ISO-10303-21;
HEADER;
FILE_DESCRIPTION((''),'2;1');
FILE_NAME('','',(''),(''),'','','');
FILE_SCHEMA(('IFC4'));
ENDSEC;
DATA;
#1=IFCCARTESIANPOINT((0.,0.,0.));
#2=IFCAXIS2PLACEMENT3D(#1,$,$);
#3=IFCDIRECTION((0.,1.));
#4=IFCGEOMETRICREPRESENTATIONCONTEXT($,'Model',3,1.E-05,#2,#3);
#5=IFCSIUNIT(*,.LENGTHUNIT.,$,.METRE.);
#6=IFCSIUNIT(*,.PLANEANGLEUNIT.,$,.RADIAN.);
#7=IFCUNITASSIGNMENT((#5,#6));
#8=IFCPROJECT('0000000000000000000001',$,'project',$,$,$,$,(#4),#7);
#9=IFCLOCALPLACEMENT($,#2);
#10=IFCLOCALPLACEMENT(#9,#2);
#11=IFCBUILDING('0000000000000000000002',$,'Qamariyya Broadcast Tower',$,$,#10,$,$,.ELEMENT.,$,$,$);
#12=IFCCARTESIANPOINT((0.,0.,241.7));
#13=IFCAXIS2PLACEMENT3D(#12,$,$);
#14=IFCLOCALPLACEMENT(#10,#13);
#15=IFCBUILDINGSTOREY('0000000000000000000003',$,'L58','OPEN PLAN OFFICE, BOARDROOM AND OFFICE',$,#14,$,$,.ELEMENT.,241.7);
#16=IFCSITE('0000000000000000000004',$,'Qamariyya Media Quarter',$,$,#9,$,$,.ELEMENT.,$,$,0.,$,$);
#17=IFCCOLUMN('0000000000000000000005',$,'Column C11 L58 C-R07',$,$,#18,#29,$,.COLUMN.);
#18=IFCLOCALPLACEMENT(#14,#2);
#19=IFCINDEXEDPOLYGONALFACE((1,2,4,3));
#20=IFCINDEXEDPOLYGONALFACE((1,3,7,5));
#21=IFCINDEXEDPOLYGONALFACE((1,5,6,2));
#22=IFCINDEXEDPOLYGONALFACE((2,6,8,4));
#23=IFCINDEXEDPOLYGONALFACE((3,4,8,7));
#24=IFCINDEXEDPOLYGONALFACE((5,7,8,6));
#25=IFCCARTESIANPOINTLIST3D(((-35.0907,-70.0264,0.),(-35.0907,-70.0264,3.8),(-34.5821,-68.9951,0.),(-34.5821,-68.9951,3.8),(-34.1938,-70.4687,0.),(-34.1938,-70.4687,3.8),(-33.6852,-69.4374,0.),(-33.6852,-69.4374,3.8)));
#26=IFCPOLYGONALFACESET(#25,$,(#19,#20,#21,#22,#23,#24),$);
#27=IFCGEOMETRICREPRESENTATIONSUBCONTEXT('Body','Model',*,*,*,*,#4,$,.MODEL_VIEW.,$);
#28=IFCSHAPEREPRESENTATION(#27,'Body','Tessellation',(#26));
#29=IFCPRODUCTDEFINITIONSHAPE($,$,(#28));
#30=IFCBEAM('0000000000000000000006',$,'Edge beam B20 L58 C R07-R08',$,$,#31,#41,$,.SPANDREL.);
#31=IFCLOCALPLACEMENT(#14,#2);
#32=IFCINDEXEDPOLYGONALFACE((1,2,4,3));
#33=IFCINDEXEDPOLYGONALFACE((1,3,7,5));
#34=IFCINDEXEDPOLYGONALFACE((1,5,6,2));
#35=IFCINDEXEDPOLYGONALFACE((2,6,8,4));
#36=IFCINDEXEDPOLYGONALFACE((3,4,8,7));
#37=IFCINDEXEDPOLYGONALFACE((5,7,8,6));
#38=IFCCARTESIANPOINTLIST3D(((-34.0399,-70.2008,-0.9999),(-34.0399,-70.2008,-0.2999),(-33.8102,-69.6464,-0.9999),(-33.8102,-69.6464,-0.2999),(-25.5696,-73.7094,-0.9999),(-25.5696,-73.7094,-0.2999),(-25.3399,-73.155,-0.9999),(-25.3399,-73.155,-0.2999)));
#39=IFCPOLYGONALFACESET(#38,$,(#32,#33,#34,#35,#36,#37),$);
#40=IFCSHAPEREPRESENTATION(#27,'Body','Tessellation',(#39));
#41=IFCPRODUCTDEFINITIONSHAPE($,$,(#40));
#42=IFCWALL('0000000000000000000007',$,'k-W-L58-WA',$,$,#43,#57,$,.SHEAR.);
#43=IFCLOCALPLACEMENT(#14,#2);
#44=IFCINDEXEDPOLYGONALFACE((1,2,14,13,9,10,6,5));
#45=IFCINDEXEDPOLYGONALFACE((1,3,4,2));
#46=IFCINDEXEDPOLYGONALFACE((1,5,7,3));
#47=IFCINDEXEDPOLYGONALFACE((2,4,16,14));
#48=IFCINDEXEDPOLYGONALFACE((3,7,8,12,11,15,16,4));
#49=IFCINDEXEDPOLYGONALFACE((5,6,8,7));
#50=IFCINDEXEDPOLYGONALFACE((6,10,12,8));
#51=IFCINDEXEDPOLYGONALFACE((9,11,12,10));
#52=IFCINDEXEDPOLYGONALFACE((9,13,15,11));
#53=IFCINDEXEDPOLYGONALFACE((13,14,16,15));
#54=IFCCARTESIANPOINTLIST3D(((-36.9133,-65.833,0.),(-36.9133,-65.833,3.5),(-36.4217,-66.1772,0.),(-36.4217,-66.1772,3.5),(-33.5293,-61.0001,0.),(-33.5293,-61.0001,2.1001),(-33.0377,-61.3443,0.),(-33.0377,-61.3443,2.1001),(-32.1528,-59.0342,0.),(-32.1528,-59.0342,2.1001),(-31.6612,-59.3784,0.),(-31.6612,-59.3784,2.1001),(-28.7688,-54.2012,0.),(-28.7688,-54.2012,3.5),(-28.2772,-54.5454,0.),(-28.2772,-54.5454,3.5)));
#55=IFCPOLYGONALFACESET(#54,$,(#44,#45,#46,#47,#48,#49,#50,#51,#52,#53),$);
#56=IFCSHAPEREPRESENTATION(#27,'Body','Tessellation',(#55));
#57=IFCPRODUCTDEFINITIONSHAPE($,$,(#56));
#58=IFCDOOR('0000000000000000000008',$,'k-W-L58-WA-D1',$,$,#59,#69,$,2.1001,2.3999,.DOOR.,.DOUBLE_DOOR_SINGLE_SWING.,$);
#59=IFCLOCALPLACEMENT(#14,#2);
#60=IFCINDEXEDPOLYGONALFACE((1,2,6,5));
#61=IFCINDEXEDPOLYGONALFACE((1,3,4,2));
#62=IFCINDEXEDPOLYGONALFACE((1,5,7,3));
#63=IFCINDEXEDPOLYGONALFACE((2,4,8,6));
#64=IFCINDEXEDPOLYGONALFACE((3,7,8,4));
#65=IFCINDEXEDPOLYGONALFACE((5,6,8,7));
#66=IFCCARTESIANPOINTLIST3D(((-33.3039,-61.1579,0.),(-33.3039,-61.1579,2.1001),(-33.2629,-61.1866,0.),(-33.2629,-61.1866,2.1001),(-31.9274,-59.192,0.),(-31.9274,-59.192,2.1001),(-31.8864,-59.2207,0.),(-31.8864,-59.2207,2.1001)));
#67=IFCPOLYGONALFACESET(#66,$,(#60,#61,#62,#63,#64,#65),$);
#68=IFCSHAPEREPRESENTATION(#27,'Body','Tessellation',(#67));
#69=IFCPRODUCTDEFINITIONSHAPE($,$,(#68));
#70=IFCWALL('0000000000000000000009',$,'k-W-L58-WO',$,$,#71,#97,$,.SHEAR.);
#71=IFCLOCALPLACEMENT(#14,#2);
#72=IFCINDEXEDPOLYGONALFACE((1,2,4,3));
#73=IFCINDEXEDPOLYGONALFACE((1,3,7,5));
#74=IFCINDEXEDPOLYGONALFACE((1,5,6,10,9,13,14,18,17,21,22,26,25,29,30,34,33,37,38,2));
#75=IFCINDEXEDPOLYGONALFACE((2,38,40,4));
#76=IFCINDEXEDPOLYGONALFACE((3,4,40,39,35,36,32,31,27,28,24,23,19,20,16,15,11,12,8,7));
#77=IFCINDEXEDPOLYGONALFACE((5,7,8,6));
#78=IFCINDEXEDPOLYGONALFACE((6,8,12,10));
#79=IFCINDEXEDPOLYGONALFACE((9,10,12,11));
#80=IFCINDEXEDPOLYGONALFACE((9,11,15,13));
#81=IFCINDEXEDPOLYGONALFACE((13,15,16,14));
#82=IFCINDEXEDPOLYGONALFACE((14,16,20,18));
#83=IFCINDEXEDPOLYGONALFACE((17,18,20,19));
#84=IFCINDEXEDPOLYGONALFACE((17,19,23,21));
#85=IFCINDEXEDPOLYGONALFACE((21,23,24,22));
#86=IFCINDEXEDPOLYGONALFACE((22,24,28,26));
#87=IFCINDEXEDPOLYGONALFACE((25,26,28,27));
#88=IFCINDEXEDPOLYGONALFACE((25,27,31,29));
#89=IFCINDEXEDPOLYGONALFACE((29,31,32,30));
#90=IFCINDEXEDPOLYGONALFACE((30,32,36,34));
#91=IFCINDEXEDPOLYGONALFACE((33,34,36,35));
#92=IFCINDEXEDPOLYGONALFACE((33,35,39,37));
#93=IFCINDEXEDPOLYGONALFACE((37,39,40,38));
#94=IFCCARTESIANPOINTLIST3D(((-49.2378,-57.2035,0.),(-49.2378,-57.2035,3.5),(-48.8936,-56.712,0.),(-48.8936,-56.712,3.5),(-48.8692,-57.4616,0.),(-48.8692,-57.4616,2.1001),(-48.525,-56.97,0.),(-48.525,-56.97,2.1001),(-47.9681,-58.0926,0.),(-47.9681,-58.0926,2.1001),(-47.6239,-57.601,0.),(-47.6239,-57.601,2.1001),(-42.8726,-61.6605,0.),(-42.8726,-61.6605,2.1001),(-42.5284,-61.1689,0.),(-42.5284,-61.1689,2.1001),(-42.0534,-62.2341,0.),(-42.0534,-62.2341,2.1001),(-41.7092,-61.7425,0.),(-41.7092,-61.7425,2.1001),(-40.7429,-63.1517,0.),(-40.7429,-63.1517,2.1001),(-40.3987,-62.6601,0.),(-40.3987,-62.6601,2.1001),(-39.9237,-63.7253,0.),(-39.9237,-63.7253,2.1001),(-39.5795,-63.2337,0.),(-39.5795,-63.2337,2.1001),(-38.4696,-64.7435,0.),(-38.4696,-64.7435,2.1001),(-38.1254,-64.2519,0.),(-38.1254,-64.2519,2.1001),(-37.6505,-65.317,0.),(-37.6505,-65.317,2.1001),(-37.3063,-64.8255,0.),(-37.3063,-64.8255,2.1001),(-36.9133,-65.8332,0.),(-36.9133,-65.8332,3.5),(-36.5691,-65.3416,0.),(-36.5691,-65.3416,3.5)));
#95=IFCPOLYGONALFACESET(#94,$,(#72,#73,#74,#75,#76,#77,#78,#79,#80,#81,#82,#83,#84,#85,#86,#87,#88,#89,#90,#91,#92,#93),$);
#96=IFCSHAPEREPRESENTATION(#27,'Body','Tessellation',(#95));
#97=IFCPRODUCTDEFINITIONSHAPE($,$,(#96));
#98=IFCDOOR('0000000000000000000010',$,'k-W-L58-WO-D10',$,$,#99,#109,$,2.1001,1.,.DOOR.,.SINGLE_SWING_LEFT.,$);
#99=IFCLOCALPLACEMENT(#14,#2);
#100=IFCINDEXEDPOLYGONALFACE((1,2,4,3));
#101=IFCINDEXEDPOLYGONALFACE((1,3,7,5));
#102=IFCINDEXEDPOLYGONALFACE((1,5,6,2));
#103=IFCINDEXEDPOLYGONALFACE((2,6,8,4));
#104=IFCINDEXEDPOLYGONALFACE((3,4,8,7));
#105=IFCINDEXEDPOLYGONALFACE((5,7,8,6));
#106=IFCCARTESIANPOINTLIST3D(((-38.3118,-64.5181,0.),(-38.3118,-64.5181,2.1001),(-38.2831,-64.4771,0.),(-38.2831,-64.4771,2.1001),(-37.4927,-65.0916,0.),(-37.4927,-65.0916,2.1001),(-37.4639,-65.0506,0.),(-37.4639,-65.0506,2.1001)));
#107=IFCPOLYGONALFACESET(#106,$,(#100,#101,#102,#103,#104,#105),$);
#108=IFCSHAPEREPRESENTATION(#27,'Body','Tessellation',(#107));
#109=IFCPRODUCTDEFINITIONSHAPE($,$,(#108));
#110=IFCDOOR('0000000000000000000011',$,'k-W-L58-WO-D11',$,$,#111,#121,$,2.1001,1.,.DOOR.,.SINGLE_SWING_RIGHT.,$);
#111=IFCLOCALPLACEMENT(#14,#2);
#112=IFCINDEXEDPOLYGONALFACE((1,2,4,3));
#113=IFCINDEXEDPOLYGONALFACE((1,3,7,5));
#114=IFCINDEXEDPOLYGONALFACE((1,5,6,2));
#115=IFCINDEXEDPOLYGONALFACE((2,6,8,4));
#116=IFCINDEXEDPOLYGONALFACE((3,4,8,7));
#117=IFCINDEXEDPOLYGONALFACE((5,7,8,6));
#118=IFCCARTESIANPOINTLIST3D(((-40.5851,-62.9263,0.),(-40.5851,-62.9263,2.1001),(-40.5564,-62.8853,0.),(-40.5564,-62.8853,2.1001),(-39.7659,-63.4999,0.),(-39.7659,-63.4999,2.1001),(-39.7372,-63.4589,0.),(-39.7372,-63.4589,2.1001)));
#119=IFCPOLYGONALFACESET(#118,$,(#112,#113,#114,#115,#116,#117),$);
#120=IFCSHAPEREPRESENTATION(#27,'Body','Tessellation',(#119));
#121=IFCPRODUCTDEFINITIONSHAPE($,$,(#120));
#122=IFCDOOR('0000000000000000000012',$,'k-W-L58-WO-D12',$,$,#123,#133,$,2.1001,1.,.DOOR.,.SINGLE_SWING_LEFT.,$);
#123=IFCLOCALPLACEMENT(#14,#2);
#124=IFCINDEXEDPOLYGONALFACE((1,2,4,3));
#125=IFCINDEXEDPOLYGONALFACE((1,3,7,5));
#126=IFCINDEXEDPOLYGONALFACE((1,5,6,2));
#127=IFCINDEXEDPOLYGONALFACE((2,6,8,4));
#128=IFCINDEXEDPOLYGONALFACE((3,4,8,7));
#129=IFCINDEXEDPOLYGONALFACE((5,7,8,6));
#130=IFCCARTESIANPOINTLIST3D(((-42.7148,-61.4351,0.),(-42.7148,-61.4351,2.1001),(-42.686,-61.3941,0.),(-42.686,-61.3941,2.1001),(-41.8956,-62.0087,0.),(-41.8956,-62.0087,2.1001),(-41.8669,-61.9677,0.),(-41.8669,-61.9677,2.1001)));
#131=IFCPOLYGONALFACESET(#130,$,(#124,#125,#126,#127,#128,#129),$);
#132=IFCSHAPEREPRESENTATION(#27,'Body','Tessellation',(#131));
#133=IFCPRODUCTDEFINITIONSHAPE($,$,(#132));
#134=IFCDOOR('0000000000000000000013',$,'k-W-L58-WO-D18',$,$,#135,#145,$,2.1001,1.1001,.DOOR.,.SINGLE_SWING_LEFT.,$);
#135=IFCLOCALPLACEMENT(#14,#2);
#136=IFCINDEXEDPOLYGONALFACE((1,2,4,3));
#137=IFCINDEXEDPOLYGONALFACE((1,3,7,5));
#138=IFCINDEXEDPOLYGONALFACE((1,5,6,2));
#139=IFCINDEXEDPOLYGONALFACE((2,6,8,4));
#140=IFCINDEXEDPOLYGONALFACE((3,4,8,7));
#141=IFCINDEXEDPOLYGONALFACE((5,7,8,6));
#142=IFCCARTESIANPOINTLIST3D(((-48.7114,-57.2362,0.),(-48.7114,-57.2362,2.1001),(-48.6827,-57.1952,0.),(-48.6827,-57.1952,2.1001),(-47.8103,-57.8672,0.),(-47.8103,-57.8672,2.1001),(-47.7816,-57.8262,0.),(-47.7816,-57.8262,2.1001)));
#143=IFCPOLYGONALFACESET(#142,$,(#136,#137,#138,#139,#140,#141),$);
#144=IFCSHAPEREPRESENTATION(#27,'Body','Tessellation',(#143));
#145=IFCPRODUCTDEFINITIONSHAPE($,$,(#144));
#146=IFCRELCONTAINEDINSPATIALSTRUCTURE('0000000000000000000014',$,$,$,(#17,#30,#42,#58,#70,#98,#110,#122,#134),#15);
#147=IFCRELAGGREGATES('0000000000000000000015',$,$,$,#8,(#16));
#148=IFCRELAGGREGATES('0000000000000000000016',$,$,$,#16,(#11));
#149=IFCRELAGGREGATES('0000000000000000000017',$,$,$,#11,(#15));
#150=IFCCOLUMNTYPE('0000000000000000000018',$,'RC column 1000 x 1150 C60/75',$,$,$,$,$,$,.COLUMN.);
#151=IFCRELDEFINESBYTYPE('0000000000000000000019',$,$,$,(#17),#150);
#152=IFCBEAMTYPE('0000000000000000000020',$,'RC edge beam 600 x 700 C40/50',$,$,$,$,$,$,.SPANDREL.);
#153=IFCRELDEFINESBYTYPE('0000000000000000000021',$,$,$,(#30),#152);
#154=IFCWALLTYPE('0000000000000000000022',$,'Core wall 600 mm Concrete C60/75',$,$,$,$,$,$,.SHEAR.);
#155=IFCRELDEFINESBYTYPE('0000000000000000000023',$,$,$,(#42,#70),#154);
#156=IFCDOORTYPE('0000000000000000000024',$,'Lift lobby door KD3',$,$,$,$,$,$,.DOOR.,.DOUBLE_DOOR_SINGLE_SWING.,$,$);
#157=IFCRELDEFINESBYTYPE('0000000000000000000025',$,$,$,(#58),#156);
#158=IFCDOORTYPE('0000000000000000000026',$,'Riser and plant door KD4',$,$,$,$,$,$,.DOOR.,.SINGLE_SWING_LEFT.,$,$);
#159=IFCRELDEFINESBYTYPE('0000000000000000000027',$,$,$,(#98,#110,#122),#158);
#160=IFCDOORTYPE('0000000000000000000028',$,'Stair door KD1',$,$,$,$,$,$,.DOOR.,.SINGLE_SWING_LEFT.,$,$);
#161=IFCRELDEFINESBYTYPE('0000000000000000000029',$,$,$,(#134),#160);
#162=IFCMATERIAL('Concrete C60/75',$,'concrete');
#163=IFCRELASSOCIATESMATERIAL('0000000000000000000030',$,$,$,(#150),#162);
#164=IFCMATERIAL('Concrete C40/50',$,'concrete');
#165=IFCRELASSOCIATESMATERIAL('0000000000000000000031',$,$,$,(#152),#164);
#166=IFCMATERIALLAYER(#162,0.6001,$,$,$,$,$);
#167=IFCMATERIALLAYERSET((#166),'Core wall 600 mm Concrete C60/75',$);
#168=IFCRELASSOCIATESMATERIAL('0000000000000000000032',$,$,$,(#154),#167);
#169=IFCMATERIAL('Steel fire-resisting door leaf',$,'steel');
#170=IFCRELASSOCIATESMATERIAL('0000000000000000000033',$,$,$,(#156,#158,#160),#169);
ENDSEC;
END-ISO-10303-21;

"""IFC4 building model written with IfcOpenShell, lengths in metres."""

from ifc_helpers import new_model, si_unit, direction, frame, frame_2d, origin, origin_2d, place, context, subcontext, project, spatial, rectangle, extrude, material, layer, layer_set, material_profile, profile_set, type_object, element, fill, save


model = new_model("IFC4")

# Units and contexts
model_context = context("Model", 3, precision=1e-05, world=origin(), true_north=direction((0.0, 1.0)))
body_context = subcontext(model_context, "Body", "Model", "MODEL_VIEW")
ifc_project = project(units=[si_unit("LENGTHUNIT", "METRE"), si_unit("PLANEANGLEUNIT", "RADIAN")], contexts=[model_context])

# Site, building, storey
site_placement = place(None, origin())
site = spatial("IfcSite", under=ifc_project, at=site_placement, Name="Qamariyya Media Quarter", CompositionType="ELEMENT", RefElevation=0.0)
building_placement = place(site_placement, origin())
building = spatial("IfcBuilding", under=site, at=building_placement, Name="Qamariyya Broadcast Tower", CompositionType="ELEMENT")
storey_placement = place(building_placement, frame((0.0, 0.0, 241.7)))
storey = spatial("IfcBuildingStorey", under=building, at=storey_placement, Name="L58", Description="OPEN PLAN OFFICE, BOARDROOM AND OFFICE", CompositionType="ELEMENT", Elevation=241.7)

# Column
ifc_material_1 = material(Name="Concrete C60/75", Category="concrete")
ifc_material_profile_1 = material_profile(ifc_material_1, rectangle(XDim=1.0, YDim=1.1499, at=origin_2d()))
ifc_profile_set_1 = profile_set([ifc_material_profile_1], Name="Concrete C60/75")
column_type = type_object("IfcColumnType", Name="RC column 1000 x 1150 C60/75", PredefinedType="COLUMN", material=ifc_profile_set_1)
column_placement = place(storey_placement, frame((-34.3879, -69.7319, 0.0), z_axis=(0.0, 0.0, 1.0), x_axis=(0.896873, -0.442289, 0.0)))
element("IfcColumn", 1, at=column_placement, inside=storey, type_object=column_type, Name="Column C11 L58 C-R07", PredefinedType="COLUMN", context=body_context, shape_type="SweptSolid", body=[
    extrude(rectangle(XDim=1.0, YDim=1.1499, at=origin_2d()), origin(), (0.0, 0.0, 1.0), 3.8),
])

# Beam
ifc_material_2 = material(Name="Concrete C40/50", Category="concrete")
ifc_material_profile_2 = material_profile(ifc_material_2, rectangle(XDim=0.6001, YDim=0.7, at=origin_2d()))
ifc_profile_set_2 = profile_set([ifc_material_profile_2], Name="Concrete C40/50")
beam_type = type_object("IfcBeamType", Name="RC edge beam 600 x 700 C40/50", PredefinedType="SPANDREL", material=ifc_profile_set_2)
beam_placement = place(storey_placement, frame((-33.925, -69.9236, -0.6499), z_axis=(0.923877, -0.38269, 0.0), x_axis=(0.38269, 0.923877, 0.0)))
element("IfcBeam", 2, at=beam_placement, inside=storey, type_object=beam_type, Name="Edge beam B20 L58 C R07-R08", PredefinedType="SPANDREL", context=body_context, shape_type="SweptSolid", body=[
    extrude(rectangle(XDim=0.6001, YDim=0.7, at=origin_2d()), origin(), (0.0, 0.0, 1.0), 9.1682),
])

# Wall, opening, door
ifc_layer_1 = layer(ifc_material_1, 0.6001)
ifc_layer_set_1 = layer_set([ifc_layer_1], Name="Core wall 600 mm Concrete C60/75")
wall_type_1 = type_object("IfcWallType", Name="Core wall 600 mm Concrete C60/75", PredefinedType="SHEAR", material=ifc_layer_set_1)
wall_1_placement = place(storey_placement, frame((-36.6675, -66.0051, 0.0), z_axis=(0.0, 0.0, 1.0), x_axis=(0.573568, 0.819158, 0.0)))
wall_1 = element("IfcWall", 3, at=wall_1_placement, inside=storey, type_object=wall_type_1, Name="k-W-L58-WA", PredefinedType="SHEAR", context=body_context, shape_type="SweptSolid", body=[
    extrude(rectangle(XDim=14.1997, YDim=0.6001, at=frame_2d((7.0999, 0.0))), origin(), (0.0, 0.0, 1.0), 3.5),
])
opening_1_placement = place(wall_1_placement, frame((5.8999, 0.0, 0.0)))
opening_1 = element("IfcOpeningElement", 4, at=opening_1_placement, cuts=wall_1, PredefinedType="OPENING", context=body_context, shape_type="SweptSolid", body=[
    extrude(rectangle(XDim=2.3999, YDim=2.1001, at=frame_2d((1.2, 1.05))), frame((0.0, 0.3101, 0.0), z_axis=(0.0, -1.0, 0.0), x_axis=(1.0, 0.0, 0.0)), (0.0, 0.0, 1.0), 0.6201),
])
ifc_material_3 = material(Name="Steel fire-resisting door leaf", Category="steel")
door_type_1 = type_object("IfcDoorType", Name="Lift lobby door KD3", OperationType="DOUBLE_DOOR_SINGLE_SWING", PredefinedType="DOOR", material=ifc_material_3)
door_1_placement = place(opening_1_placement, origin())
door_1 = element("IfcDoor", 5, at=door_1_placement, inside=storey, type_object=door_type_1, Name="k-W-L58-WA-D1", OperationType="DOUBLE_DOOR_SINGLE_SWING", OverallHeight=2.1001, OverallWidth=2.3999, PredefinedType="DOOR", context=body_context, shape_type="SweptSolid", body=[
    extrude(rectangle(XDim=2.3999, YDim=2.1001, at=frame_2d((1.2, 1.05))), frame((0.0, 0.0249, 0.0), z_axis=(0.0, -1.0, 0.0), x_axis=(1.0, 0.0, 0.0)), (0.0, 0.0, 1.0), 0.05),
])
fill(opening_1, door_1)

# Wall, openings, doors
wall_2_placement = place(storey_placement, frame((-36.7412, -65.5874, 0.0), z_axis=(0.0, 0.0, 1.0), x_axis=(-0.819153, 0.573575, 0.0)))
wall_2 = element("IfcWall", 6, at=wall_2_placement, inside=storey, type_object=wall_type_1, Name="k-W-L58-WO", PredefinedType="SHEAR", context=body_context, shape_type="SweptSolid", body=[
    extrude(rectangle(XDim=15.0454, YDim=0.6001, at=frame_2d((7.5227, 0.0))), origin(), (0.0, 0.0, 1.0), 3.5),
])
opening_2_placement = place(wall_2_placement, frame((0.8999, 0.0, 0.0)))
opening_2 = element("IfcOpeningElement", 7, at=opening_2_placement, cuts=wall_2, PredefinedType="OPENING", context=body_context, shape_type="SweptSolid", body=[
    extrude(rectangle(XDim=1.0, YDim=2.1001, at=frame_2d((0.5, 1.05))), frame((0.0, 0.3101, 0.0), z_axis=(0.0, -1.0, 0.0), x_axis=(1.0, 0.0, 0.0)), (0.0, 0.0, 1.0), 0.6201),
])
opening_3_placement = place(wall_2_placement, frame((3.675, 0.0, 0.0)))
opening_3 = element("IfcOpeningElement", 8, at=opening_3_placement, cuts=wall_2, PredefinedType="OPENING", context=body_context, shape_type="SweptSolid", body=[
    extrude(rectangle(XDim=1.0, YDim=2.1001, at=frame_2d((0.5, 1.05))), frame((0.0, 0.3101, 0.0), z_axis=(0.0, -1.0, 0.0), x_axis=(1.0, 0.0, 0.0)), (0.0, 0.0, 1.0), 0.6201),
])
opening_4_placement = place(wall_2_placement, frame((6.2749, 0.0, 0.0)))
opening_4 = element("IfcOpeningElement", 9, at=opening_4_placement, cuts=wall_2, PredefinedType="OPENING", context=body_context, shape_type="SweptSolid", body=[
    extrude(rectangle(XDim=1.0, YDim=2.1001, at=frame_2d((0.5, 1.05))), frame((0.0, 0.3101, 0.0), z_axis=(0.0, -1.0, 0.0), x_axis=(1.0, 0.0, 0.0)), (0.0, 0.0, 1.0), 0.6201),
])
opening_5_placement = place(wall_2_placement, frame((13.4954, 0.0, 0.0)))
opening_5 = element("IfcOpeningElement", 10, at=opening_5_placement, cuts=wall_2, PredefinedType="OPENING", context=body_context, shape_type="SweptSolid", body=[
    extrude(rectangle(XDim=1.1001, YDim=2.1001, at=frame_2d((0.55, 1.05))), frame((0.0, 0.3101, 0.0), z_axis=(0.0, -1.0, 0.0), x_axis=(1.0, 0.0, 0.0)), (0.0, 0.0, 1.0), 0.6201),
])
door_type_2 = type_object("IfcDoorType", Name="Riser and plant door KD4", OperationType="SINGLE_SWING_LEFT", PredefinedType="DOOR", material=ifc_material_3)
door_2_placement = place(opening_2_placement, origin())
door_2 = element("IfcDoor", 11, at=door_2_placement, inside=storey, type_object=door_type_2, Name="k-W-L58-WO-D10", OperationType="SINGLE_SWING_LEFT", OverallHeight=2.1001, OverallWidth=1.0, PredefinedType="DOOR", context=body_context, shape_type="SweptSolid", body=[
    extrude(rectangle(XDim=1.0, YDim=2.1001, at=frame_2d((0.5, 1.05))), frame((0.0, 0.0249, 0.0), z_axis=(0.0, -1.0, 0.0), x_axis=(1.0, 0.0, 0.0)), (0.0, 0.0, 1.0), 0.05),
])
fill(opening_2, door_2)
door_3_placement = place(opening_3_placement, origin())
door_3 = element("IfcDoor", 12, at=door_3_placement, inside=storey, type_object=door_type_2, Name="k-W-L58-WO-D11", OperationType="SINGLE_SWING_RIGHT", OverallHeight=2.1001, OverallWidth=1.0, PredefinedType="DOOR", context=body_context, shape_type="SweptSolid", body=[
    extrude(rectangle(XDim=1.0, YDim=2.1001, at=frame_2d((0.5, 1.05))), frame((0.0, 0.0249, 0.0), z_axis=(0.0, -1.0, 0.0), x_axis=(1.0, 0.0, 0.0)), (0.0, 0.0, 1.0), 0.05),
])
fill(opening_3, door_3)
door_4_placement = place(opening_4_placement, origin())
door_4 = element("IfcDoor", 13, at=door_4_placement, inside=storey, type_object=door_type_2, Name="k-W-L58-WO-D12", OperationType="SINGLE_SWING_LEFT", OverallHeight=2.1001, OverallWidth=1.0, PredefinedType="DOOR", context=body_context, shape_type="SweptSolid", body=[
    extrude(rectangle(XDim=1.0, YDim=2.1001, at=frame_2d((0.5, 1.05))), frame((0.0, 0.0249, 0.0), z_axis=(0.0, -1.0, 0.0), x_axis=(1.0, 0.0, 0.0)), (0.0, 0.0, 1.0), 0.05),
])
fill(opening_4, door_4)
door_type_3 = type_object("IfcDoorType", Name="Stair door KD1", OperationType="SINGLE_SWING_LEFT", PredefinedType="DOOR", material=ifc_material_3)
door_5_placement = place(opening_5_placement, origin())
door_5 = element("IfcDoor", 14, at=door_5_placement, inside=storey, type_object=door_type_3, Name="k-W-L58-WO-D18", OperationType="SINGLE_SWING_LEFT", OverallHeight=2.1001, OverallWidth=1.1001, PredefinedType="DOOR", context=body_context, shape_type="SweptSolid", body=[
    extrude(rectangle(XDim=1.1001, YDim=2.1001, at=frame_2d((0.55, 1.05))), frame((0.0, 0.0249, 0.0), z_axis=(0.0, -1.0, 0.0), x_axis=(1.0, 0.0, 0.0)), (0.0, 0.0, 1.0), 0.05),
])
fill(opening_5, door_5)

save(model, "model.ifc")
